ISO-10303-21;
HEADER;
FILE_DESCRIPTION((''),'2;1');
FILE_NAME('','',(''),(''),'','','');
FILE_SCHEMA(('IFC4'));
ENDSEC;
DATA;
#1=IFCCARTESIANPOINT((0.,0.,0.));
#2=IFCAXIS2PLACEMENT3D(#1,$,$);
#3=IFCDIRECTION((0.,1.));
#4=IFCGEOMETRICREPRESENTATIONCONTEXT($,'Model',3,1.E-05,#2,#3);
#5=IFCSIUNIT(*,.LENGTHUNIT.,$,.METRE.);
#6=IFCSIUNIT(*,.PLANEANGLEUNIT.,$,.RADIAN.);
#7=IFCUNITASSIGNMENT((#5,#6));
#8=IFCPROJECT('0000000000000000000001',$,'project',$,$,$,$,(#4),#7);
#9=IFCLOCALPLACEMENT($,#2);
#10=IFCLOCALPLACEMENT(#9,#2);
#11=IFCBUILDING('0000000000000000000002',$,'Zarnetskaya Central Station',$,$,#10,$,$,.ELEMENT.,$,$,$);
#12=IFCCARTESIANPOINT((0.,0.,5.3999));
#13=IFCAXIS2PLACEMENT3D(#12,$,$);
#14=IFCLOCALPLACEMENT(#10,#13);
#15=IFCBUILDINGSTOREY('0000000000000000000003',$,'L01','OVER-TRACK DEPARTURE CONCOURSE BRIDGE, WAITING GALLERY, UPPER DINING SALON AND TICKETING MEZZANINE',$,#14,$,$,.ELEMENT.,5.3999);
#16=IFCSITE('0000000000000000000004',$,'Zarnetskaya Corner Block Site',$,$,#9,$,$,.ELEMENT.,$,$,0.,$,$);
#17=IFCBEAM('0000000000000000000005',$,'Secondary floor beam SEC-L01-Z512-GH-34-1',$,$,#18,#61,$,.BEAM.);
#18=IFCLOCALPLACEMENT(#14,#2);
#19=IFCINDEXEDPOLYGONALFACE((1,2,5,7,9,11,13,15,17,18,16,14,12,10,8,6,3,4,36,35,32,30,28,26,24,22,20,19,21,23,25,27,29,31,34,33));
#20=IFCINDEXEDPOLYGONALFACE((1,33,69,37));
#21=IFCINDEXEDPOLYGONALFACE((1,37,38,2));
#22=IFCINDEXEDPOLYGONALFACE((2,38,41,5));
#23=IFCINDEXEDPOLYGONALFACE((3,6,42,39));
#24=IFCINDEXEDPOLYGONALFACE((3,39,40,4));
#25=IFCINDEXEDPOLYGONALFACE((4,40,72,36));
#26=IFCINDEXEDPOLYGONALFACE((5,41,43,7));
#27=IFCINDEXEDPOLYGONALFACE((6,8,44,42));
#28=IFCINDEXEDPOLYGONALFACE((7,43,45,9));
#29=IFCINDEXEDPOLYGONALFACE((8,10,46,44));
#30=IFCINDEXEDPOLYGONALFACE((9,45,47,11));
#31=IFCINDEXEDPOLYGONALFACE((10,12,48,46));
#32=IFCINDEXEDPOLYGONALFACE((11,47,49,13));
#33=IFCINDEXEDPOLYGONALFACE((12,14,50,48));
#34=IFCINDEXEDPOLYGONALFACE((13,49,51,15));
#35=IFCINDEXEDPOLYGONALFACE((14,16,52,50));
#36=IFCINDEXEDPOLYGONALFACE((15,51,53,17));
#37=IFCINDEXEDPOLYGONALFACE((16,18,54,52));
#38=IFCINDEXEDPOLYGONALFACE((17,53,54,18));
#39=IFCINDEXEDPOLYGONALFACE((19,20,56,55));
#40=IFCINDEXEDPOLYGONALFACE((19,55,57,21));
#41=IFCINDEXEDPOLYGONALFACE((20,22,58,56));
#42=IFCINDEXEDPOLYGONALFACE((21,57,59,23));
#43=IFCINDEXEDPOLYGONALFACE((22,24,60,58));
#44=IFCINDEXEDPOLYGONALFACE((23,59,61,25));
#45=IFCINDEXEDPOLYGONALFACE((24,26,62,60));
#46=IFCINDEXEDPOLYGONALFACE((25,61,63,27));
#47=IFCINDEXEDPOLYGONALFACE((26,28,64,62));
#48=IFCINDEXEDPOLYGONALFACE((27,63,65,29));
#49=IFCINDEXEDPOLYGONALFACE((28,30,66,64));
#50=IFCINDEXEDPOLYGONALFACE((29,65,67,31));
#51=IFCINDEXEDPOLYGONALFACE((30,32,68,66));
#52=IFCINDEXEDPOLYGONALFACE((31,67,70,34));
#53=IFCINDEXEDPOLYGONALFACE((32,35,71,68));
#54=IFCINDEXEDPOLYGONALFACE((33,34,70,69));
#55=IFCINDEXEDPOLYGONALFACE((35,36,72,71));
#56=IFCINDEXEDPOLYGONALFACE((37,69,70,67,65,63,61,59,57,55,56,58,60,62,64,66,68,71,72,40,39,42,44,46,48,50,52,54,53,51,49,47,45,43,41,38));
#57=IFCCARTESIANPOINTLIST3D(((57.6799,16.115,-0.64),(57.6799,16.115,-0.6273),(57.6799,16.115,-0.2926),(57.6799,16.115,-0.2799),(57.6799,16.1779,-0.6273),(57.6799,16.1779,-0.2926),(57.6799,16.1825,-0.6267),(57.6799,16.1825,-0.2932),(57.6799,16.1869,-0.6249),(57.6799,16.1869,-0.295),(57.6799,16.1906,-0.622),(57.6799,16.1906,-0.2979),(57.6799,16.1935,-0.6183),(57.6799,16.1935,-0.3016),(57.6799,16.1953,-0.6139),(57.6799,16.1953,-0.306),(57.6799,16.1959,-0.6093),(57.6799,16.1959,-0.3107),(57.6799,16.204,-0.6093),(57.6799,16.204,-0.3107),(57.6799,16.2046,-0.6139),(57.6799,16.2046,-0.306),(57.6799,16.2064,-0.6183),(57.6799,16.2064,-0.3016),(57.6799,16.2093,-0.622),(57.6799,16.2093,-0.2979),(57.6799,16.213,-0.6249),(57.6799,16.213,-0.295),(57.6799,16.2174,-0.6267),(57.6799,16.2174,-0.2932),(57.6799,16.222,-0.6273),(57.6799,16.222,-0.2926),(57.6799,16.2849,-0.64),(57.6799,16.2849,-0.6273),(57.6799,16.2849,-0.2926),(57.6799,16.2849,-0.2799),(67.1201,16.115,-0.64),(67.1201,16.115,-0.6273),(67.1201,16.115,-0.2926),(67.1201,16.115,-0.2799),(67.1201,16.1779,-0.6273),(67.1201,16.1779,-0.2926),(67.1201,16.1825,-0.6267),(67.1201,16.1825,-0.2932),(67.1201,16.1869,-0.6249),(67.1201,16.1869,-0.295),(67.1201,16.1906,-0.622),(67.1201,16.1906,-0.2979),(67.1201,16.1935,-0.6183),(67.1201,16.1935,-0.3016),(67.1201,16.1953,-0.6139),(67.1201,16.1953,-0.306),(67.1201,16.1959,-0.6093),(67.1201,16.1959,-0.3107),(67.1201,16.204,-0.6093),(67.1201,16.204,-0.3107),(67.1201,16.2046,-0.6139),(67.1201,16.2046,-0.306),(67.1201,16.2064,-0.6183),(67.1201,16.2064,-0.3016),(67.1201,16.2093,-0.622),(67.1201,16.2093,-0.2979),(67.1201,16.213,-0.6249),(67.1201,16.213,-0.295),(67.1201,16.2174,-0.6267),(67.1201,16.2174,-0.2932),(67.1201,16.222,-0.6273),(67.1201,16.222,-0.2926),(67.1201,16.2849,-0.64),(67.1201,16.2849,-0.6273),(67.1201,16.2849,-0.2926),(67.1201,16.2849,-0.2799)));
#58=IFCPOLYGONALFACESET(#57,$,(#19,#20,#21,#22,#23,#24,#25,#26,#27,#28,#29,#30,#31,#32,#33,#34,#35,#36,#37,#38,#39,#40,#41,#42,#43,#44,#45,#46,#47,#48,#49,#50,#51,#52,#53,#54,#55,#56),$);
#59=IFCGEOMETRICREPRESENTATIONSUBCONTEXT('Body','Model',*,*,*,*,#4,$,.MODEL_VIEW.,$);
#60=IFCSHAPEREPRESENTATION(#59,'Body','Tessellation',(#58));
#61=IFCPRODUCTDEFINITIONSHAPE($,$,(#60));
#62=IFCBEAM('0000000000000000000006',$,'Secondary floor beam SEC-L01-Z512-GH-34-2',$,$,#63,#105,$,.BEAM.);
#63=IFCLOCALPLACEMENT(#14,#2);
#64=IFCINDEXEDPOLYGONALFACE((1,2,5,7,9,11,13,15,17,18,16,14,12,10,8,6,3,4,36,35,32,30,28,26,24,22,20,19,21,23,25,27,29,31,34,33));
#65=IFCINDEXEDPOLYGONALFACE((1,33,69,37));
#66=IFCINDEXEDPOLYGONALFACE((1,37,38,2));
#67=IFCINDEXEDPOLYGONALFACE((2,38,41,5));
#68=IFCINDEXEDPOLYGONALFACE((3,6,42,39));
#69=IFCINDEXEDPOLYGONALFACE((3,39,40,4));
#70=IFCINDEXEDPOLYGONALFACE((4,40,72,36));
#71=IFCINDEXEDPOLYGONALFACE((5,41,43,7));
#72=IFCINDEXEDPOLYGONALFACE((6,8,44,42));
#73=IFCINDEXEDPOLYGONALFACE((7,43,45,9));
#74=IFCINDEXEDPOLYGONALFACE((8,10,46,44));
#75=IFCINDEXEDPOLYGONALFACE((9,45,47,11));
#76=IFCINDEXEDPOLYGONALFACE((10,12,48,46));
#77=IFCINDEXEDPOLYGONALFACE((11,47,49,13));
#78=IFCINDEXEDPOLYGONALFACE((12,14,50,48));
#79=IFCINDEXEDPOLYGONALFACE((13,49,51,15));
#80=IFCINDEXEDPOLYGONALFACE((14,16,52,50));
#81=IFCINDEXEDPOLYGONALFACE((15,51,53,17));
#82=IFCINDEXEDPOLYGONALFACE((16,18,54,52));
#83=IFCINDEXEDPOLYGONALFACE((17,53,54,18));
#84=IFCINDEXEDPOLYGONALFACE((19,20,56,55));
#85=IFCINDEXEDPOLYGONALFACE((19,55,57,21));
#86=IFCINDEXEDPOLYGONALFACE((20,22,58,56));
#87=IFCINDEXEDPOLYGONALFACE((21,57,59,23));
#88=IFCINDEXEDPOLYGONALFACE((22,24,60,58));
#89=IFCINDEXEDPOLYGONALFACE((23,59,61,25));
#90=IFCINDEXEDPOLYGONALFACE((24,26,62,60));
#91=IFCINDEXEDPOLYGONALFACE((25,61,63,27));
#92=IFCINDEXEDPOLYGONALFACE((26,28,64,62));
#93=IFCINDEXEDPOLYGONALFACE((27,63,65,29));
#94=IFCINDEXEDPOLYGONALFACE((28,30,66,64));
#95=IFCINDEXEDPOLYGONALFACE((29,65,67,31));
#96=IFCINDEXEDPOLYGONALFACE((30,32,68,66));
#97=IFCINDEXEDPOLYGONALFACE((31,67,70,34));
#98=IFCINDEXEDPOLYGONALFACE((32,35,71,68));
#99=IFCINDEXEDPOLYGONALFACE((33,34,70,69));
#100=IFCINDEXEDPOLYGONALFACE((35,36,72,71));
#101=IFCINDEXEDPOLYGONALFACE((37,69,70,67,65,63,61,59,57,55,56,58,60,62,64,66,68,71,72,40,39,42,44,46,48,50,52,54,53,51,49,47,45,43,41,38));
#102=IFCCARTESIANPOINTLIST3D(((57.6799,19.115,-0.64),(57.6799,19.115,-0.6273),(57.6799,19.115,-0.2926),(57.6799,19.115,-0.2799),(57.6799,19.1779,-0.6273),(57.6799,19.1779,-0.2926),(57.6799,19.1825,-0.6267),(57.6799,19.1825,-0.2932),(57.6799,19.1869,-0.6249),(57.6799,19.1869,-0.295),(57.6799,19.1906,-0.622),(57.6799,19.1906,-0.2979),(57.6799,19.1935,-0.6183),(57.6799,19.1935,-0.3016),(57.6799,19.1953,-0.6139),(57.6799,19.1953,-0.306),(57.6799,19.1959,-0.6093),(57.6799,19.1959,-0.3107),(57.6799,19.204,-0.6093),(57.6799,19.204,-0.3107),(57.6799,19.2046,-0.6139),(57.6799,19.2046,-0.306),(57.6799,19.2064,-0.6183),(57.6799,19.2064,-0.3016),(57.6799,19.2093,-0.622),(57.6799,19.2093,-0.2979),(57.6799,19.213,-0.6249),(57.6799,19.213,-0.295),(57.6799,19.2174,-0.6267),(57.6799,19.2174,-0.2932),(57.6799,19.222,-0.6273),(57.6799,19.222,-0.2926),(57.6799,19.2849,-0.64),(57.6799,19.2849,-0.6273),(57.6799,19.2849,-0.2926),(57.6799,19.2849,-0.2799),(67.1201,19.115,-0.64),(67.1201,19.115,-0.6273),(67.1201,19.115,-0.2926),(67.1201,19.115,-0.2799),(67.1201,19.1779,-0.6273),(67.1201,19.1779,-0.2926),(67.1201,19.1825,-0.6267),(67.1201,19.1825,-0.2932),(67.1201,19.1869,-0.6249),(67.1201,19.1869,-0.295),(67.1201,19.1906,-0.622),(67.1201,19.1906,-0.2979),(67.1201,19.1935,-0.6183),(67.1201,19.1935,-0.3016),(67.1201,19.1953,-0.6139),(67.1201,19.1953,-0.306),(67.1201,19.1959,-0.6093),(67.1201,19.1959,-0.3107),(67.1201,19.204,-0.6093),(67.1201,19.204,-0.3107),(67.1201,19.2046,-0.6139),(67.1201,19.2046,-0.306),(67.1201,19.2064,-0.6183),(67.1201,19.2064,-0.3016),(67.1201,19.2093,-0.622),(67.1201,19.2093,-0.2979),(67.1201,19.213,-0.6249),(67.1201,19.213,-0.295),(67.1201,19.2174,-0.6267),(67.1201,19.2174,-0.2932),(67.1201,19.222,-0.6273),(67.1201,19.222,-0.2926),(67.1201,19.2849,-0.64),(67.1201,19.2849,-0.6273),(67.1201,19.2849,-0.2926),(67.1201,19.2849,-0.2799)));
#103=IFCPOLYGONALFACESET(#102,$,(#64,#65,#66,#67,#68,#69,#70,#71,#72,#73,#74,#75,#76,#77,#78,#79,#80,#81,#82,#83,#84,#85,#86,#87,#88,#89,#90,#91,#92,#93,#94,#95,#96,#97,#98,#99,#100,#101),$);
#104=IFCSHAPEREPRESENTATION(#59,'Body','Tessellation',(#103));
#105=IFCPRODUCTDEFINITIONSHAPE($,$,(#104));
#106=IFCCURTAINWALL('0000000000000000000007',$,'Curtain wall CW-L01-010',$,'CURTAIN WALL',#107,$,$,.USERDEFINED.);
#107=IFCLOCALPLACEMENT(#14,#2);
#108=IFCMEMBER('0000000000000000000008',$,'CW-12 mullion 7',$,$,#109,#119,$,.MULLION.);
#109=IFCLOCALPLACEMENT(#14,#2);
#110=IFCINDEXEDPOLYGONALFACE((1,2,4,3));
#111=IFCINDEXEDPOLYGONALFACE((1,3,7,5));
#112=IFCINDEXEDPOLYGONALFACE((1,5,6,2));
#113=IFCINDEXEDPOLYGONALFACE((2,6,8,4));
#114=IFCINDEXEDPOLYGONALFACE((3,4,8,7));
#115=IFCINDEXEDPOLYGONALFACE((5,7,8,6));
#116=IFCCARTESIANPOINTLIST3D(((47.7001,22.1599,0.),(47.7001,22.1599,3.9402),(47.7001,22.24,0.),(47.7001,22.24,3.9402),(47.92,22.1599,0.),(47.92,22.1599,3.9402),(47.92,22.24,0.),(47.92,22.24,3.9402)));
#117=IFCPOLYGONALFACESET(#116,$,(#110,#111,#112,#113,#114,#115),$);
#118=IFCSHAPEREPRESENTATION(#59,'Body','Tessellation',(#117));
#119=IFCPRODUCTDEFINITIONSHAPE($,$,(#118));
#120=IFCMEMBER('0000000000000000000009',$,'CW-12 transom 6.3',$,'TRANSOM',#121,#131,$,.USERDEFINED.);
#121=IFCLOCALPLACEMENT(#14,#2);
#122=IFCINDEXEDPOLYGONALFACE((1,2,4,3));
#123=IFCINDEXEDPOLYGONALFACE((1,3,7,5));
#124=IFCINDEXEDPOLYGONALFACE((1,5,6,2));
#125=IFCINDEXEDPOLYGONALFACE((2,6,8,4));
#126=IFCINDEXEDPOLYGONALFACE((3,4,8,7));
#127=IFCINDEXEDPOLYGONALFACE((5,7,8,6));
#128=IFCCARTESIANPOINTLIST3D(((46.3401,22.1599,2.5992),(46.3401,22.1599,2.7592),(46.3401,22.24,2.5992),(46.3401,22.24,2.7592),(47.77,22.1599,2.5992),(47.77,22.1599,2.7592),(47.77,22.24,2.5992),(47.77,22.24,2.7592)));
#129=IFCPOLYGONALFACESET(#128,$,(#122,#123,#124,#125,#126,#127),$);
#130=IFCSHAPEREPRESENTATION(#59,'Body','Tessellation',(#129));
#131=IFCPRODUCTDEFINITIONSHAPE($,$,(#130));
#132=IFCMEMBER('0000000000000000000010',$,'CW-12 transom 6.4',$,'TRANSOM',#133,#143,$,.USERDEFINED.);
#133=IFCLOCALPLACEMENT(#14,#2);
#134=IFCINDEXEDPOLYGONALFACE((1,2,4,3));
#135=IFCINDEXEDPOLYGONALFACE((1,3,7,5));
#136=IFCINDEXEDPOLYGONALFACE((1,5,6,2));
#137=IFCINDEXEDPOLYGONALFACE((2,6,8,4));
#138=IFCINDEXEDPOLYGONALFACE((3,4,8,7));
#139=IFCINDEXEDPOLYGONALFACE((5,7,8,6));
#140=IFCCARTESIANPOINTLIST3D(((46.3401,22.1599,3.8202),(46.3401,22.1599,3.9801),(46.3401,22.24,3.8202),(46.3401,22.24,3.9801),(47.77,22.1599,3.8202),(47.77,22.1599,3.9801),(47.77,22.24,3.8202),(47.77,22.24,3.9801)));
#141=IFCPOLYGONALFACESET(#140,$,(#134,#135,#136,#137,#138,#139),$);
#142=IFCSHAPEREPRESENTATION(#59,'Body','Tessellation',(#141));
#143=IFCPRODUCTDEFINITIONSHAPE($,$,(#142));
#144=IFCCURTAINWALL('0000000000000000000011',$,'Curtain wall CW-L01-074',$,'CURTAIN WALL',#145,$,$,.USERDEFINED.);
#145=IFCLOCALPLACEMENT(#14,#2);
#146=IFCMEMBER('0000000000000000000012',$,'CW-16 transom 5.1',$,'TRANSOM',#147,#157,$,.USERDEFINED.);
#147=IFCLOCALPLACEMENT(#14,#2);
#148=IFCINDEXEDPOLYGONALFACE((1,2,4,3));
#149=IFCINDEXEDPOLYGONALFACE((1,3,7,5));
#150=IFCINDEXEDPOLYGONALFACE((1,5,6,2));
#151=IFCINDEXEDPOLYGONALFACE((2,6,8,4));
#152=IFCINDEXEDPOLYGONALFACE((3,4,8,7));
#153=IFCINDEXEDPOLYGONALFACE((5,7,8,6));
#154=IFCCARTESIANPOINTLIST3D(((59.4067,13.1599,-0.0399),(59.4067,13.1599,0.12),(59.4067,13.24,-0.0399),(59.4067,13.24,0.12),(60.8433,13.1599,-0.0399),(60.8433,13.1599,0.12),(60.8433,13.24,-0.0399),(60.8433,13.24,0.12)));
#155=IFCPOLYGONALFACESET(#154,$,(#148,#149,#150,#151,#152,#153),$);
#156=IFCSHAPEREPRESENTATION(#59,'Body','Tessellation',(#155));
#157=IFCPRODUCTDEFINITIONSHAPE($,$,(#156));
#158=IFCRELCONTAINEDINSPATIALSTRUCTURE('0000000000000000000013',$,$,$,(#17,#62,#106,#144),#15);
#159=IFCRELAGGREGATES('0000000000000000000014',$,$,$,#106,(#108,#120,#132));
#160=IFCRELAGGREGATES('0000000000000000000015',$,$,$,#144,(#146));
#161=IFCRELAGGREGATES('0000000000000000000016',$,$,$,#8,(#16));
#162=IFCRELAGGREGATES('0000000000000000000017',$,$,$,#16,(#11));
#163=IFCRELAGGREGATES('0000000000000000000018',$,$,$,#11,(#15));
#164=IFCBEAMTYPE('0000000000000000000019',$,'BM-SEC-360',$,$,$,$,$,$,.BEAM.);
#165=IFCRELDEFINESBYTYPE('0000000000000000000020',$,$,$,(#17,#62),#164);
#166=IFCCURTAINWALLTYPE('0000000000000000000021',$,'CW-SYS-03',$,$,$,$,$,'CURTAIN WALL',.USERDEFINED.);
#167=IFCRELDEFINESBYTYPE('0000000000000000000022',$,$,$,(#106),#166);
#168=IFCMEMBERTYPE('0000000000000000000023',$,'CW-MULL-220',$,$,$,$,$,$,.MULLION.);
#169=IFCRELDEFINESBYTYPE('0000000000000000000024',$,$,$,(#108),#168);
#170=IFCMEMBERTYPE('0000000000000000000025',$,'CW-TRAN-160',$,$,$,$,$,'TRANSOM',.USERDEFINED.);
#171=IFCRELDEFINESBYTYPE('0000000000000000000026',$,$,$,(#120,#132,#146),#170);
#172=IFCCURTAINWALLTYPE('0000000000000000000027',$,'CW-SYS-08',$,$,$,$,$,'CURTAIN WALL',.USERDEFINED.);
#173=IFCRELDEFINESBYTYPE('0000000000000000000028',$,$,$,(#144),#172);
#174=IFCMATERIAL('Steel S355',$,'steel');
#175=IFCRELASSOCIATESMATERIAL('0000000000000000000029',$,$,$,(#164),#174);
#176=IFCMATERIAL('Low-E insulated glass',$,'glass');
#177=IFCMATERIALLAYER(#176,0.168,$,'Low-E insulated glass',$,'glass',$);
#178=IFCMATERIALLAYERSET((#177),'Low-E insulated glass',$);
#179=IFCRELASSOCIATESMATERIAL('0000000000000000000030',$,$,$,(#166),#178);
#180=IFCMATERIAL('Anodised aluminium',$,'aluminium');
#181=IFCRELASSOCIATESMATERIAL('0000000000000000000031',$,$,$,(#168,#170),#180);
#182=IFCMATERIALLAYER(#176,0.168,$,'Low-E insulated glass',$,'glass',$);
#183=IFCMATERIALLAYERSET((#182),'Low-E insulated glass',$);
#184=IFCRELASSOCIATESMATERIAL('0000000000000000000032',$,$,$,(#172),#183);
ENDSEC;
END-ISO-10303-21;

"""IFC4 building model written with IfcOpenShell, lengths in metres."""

from ifc_helpers import new_model, si_unit, direction, frame, origin, origin_2d, place, context, subcontext, project, spatial, rectangle, i_section, extrude, material, layer, layer_set, material_profile, profile_set, type_object, element, aggregate, save


model = new_model("IFC4")

# Units and contexts
model_context = context("Model", 3, precision=1e-05, world=origin(), true_north=direction((0.0, 1.0)))
body_context = subcontext(model_context, "Body", "Model", "MODEL_VIEW")
ifc_project = project(units=[si_unit("LENGTHUNIT", "METRE"), si_unit("PLANEANGLEUNIT", "RADIAN")], contexts=[model_context])

# Site, building, storey
site_placement = place(None, origin())
site = spatial("IfcSite", under=ifc_project, at=site_placement, Name="Zarnetskaya Corner Block Site", CompositionType="ELEMENT", RefElevation=0.0)
building_placement = place(site_placement, origin())
building = spatial("IfcBuilding", under=site, at=building_placement, Name="Zarnetskaya Central Station", CompositionType="ELEMENT")
storey_placement = place(building_placement, frame((0.0, 0.0, 5.3999)))
storey = spatial("IfcBuildingStorey", under=building, at=storey_placement, Name="L01", Description="OVER-TRACK DEPARTURE CONCOURSE BRIDGE, WAITING GALLERY, UPPER DINING SALON AND TICKETING MEZZANINE", CompositionType="ELEMENT", Elevation=5.3999)

# Shared definitions
ifc_material_1 = material(Name="Steel S355", Category="steel")

# Beams
ifc_material_profile_1 = material_profile(ifc_material_1, i_section(OverallWidth=0.1699, OverallDepth=0.3601, WebThickness=0.0081, FlangeThickness=0.0127, FilletRadius=0.0181, at=origin_2d()), Name="IPE 360")
ifc_profile_set_1 = profile_set([ifc_material_profile_1], Name="Steel S355")
beam_type_1 = type_object("IfcBeamType", Name="BM-SEC-360", PredefinedType="BEAM", material=ifc_profile_set_1)
for number, where, z_axis, x_axis, name in (
    (1, (57.6799, 16.2, -0.46), (1.0, 0.0, 0.0), (0.0, 1.0, 0.0), "Secondary floor beam SEC-L01-Z512-GH-34-1"),
    (2, (57.6799, 19.2, -0.46), (1.0, 0.0, 0.0), (0.0, 1.0, 0.0), "Secondary floor beam SEC-L01-Z512-GH-34-2"),
):
    element("IfcBeam", number, at=place(storey_placement, frame(where, z_axis=z_axis, x_axis=x_axis)), inside=storey, type_object=beam_type_1, Name=name, PredefinedType="BEAM", context=body_context, shape_type="SweptSolid", body=[
        extrude(i_section(OverallWidth=0.1699, OverallDepth=0.3601, WebThickness=0.0081, FlangeThickness=0.0127, FilletRadius=0.0181, at=origin_2d()), origin(), (0.0, 0.0, 1.0), 9.4402),
    ])

# Curtain wall, members
ifc_material_2 = material(Name="Low-E insulated glass", Category="glass")
ifc_layer_1 = layer(ifc_material_2, 0.168, Name="Low-E insulated glass", Category="glass")
ifc_layer_set_1 = layer_set([ifc_layer_1], Name="Low-E insulated glass")
curtain_wall_type_1 = type_object("IfcCurtainWallType", Name="CW-SYS-03", ElementType="CURTAIN WALL", PredefinedType="USERDEFINED", material=ifc_layer_set_1)
curtain_wall_1_placement = place(storey_placement, origin())
curtain_wall_1 = element("IfcCurtainWall", 3, at=curtain_wall_1_placement, inside=storey, type_object=curtain_wall_type_1, Name="Curtain wall CW-L01-010", ObjectType="CURTAIN WALL", PredefinedType="USERDEFINED")
ifc_material_3 = material(Name="Anodised aluminium", Category="aluminium")
ifc_material_profile_2 = material_profile(ifc_material_3, rectangle(XDim=0.0801, YDim=0.22, at=origin_2d()), Name="ALU MULL 80x220")
ifc_profile_set_2 = profile_set([ifc_material_profile_2], Name="Anodised aluminium")
member_type_1 = type_object("IfcMemberType", Name="CW-MULL-220", PredefinedType="MULLION", material=ifc_profile_set_2)
member_1_placement = place(storey_placement, frame((47.8101, 22.2, 0.0), z_axis=(0.0, 0.0, 1.0), x_axis=(0.0, 1.0, 0.0)))
member_1 = element("IfcMember", 4, at=member_1_placement, type_object=member_type_1, Name="CW-12 mullion 7", PredefinedType="MULLION", context=body_context, shape_type="SweptSolid", body=[
    extrude(rectangle(XDim=0.0801, YDim=0.22, at=origin_2d()), origin(), (0.0, 0.0, 1.0), 3.9402),
])
ifc_material_profile_3 = material_profile(ifc_material_3, rectangle(XDim=0.0801, YDim=0.1599, at=origin_2d()), Name="ALU TRAN 80x160")
ifc_profile_set_3 = profile_set([ifc_material_profile_3], Name="Anodised aluminium")
member_type_2 = type_object("IfcMemberType", Name="CW-TRAN-160", ElementType="TRANSOM", PredefinedType="USERDEFINED", material=ifc_profile_set_3)
member_2_placement = place(storey_placement, frame((46.3401, 22.2, 2.6792), z_axis=(1.0, 0.0, 0.0), x_axis=(0.0, 1.0, 0.0)))
member_2 = element("IfcMember", 5, at=member_2_placement, type_object=member_type_2, Name="CW-12 transom 6.3", ObjectType="TRANSOM", PredefinedType="USERDEFINED", context=body_context, shape_type="SweptSolid", body=[
    extrude(rectangle(XDim=0.0801, YDim=0.1599, at=origin_2d()), origin(), (0.0, 0.0, 1.0), 1.4299),
])
member_3_placement = place(storey_placement, frame((46.3401, 22.2, 3.9001), z_axis=(1.0, 0.0, 0.0), x_axis=(0.0, 1.0, 0.0)))
member_3 = element("IfcMember", 6, at=member_3_placement, type_object=member_type_2, Name="CW-12 transom 6.4", ObjectType="TRANSOM", PredefinedType="USERDEFINED", context=body_context, shape_type="SweptSolid", body=[
    extrude(rectangle(XDim=0.0801, YDim=0.1599, at=origin_2d()), origin(), (0.0, 0.0, 1.0), 1.4299),
])

# Curtain wall, member
ifc_layer_2 = layer(ifc_material_2, 0.168, Name="Low-E insulated glass", Category="glass")
ifc_layer_set_2 = layer_set([ifc_layer_2], Name="Low-E insulated glass")
curtain_wall_type_2 = type_object("IfcCurtainWallType", Name="CW-SYS-08", ElementType="CURTAIN WALL", PredefinedType="USERDEFINED", material=ifc_layer_set_2)
curtain_wall_2_placement = place(storey_placement, origin())
curtain_wall_2 = element("IfcCurtainWall", 7, at=curtain_wall_2_placement, inside=storey, type_object=curtain_wall_type_2, Name="Curtain wall CW-L01-074", ObjectType="CURTAIN WALL", PredefinedType="USERDEFINED")
member_4_placement = place(storey_placement, frame((60.8433, 13.2, 0.04), z_axis=(-1.0, 0.0, 0.0), x_axis=(0.0, -1.0, 0.0)))
member_4 = element("IfcMember", 8, at=member_4_placement, type_object=member_type_2, Name="CW-16 transom 5.1", ObjectType="TRANSOM", PredefinedType="USERDEFINED", context=body_context, shape_type="SweptSolid", body=[
    extrude(rectangle(XDim=0.0801, YDim=0.1599, at=origin_2d()), origin(), (0.0, 0.0, 1.0), 1.4365),
])

aggregate(curtain_wall_1, [member_1, member_2, member_3])
aggregate(curtain_wall_2, [member_4])

save(model, "model.ifc")
